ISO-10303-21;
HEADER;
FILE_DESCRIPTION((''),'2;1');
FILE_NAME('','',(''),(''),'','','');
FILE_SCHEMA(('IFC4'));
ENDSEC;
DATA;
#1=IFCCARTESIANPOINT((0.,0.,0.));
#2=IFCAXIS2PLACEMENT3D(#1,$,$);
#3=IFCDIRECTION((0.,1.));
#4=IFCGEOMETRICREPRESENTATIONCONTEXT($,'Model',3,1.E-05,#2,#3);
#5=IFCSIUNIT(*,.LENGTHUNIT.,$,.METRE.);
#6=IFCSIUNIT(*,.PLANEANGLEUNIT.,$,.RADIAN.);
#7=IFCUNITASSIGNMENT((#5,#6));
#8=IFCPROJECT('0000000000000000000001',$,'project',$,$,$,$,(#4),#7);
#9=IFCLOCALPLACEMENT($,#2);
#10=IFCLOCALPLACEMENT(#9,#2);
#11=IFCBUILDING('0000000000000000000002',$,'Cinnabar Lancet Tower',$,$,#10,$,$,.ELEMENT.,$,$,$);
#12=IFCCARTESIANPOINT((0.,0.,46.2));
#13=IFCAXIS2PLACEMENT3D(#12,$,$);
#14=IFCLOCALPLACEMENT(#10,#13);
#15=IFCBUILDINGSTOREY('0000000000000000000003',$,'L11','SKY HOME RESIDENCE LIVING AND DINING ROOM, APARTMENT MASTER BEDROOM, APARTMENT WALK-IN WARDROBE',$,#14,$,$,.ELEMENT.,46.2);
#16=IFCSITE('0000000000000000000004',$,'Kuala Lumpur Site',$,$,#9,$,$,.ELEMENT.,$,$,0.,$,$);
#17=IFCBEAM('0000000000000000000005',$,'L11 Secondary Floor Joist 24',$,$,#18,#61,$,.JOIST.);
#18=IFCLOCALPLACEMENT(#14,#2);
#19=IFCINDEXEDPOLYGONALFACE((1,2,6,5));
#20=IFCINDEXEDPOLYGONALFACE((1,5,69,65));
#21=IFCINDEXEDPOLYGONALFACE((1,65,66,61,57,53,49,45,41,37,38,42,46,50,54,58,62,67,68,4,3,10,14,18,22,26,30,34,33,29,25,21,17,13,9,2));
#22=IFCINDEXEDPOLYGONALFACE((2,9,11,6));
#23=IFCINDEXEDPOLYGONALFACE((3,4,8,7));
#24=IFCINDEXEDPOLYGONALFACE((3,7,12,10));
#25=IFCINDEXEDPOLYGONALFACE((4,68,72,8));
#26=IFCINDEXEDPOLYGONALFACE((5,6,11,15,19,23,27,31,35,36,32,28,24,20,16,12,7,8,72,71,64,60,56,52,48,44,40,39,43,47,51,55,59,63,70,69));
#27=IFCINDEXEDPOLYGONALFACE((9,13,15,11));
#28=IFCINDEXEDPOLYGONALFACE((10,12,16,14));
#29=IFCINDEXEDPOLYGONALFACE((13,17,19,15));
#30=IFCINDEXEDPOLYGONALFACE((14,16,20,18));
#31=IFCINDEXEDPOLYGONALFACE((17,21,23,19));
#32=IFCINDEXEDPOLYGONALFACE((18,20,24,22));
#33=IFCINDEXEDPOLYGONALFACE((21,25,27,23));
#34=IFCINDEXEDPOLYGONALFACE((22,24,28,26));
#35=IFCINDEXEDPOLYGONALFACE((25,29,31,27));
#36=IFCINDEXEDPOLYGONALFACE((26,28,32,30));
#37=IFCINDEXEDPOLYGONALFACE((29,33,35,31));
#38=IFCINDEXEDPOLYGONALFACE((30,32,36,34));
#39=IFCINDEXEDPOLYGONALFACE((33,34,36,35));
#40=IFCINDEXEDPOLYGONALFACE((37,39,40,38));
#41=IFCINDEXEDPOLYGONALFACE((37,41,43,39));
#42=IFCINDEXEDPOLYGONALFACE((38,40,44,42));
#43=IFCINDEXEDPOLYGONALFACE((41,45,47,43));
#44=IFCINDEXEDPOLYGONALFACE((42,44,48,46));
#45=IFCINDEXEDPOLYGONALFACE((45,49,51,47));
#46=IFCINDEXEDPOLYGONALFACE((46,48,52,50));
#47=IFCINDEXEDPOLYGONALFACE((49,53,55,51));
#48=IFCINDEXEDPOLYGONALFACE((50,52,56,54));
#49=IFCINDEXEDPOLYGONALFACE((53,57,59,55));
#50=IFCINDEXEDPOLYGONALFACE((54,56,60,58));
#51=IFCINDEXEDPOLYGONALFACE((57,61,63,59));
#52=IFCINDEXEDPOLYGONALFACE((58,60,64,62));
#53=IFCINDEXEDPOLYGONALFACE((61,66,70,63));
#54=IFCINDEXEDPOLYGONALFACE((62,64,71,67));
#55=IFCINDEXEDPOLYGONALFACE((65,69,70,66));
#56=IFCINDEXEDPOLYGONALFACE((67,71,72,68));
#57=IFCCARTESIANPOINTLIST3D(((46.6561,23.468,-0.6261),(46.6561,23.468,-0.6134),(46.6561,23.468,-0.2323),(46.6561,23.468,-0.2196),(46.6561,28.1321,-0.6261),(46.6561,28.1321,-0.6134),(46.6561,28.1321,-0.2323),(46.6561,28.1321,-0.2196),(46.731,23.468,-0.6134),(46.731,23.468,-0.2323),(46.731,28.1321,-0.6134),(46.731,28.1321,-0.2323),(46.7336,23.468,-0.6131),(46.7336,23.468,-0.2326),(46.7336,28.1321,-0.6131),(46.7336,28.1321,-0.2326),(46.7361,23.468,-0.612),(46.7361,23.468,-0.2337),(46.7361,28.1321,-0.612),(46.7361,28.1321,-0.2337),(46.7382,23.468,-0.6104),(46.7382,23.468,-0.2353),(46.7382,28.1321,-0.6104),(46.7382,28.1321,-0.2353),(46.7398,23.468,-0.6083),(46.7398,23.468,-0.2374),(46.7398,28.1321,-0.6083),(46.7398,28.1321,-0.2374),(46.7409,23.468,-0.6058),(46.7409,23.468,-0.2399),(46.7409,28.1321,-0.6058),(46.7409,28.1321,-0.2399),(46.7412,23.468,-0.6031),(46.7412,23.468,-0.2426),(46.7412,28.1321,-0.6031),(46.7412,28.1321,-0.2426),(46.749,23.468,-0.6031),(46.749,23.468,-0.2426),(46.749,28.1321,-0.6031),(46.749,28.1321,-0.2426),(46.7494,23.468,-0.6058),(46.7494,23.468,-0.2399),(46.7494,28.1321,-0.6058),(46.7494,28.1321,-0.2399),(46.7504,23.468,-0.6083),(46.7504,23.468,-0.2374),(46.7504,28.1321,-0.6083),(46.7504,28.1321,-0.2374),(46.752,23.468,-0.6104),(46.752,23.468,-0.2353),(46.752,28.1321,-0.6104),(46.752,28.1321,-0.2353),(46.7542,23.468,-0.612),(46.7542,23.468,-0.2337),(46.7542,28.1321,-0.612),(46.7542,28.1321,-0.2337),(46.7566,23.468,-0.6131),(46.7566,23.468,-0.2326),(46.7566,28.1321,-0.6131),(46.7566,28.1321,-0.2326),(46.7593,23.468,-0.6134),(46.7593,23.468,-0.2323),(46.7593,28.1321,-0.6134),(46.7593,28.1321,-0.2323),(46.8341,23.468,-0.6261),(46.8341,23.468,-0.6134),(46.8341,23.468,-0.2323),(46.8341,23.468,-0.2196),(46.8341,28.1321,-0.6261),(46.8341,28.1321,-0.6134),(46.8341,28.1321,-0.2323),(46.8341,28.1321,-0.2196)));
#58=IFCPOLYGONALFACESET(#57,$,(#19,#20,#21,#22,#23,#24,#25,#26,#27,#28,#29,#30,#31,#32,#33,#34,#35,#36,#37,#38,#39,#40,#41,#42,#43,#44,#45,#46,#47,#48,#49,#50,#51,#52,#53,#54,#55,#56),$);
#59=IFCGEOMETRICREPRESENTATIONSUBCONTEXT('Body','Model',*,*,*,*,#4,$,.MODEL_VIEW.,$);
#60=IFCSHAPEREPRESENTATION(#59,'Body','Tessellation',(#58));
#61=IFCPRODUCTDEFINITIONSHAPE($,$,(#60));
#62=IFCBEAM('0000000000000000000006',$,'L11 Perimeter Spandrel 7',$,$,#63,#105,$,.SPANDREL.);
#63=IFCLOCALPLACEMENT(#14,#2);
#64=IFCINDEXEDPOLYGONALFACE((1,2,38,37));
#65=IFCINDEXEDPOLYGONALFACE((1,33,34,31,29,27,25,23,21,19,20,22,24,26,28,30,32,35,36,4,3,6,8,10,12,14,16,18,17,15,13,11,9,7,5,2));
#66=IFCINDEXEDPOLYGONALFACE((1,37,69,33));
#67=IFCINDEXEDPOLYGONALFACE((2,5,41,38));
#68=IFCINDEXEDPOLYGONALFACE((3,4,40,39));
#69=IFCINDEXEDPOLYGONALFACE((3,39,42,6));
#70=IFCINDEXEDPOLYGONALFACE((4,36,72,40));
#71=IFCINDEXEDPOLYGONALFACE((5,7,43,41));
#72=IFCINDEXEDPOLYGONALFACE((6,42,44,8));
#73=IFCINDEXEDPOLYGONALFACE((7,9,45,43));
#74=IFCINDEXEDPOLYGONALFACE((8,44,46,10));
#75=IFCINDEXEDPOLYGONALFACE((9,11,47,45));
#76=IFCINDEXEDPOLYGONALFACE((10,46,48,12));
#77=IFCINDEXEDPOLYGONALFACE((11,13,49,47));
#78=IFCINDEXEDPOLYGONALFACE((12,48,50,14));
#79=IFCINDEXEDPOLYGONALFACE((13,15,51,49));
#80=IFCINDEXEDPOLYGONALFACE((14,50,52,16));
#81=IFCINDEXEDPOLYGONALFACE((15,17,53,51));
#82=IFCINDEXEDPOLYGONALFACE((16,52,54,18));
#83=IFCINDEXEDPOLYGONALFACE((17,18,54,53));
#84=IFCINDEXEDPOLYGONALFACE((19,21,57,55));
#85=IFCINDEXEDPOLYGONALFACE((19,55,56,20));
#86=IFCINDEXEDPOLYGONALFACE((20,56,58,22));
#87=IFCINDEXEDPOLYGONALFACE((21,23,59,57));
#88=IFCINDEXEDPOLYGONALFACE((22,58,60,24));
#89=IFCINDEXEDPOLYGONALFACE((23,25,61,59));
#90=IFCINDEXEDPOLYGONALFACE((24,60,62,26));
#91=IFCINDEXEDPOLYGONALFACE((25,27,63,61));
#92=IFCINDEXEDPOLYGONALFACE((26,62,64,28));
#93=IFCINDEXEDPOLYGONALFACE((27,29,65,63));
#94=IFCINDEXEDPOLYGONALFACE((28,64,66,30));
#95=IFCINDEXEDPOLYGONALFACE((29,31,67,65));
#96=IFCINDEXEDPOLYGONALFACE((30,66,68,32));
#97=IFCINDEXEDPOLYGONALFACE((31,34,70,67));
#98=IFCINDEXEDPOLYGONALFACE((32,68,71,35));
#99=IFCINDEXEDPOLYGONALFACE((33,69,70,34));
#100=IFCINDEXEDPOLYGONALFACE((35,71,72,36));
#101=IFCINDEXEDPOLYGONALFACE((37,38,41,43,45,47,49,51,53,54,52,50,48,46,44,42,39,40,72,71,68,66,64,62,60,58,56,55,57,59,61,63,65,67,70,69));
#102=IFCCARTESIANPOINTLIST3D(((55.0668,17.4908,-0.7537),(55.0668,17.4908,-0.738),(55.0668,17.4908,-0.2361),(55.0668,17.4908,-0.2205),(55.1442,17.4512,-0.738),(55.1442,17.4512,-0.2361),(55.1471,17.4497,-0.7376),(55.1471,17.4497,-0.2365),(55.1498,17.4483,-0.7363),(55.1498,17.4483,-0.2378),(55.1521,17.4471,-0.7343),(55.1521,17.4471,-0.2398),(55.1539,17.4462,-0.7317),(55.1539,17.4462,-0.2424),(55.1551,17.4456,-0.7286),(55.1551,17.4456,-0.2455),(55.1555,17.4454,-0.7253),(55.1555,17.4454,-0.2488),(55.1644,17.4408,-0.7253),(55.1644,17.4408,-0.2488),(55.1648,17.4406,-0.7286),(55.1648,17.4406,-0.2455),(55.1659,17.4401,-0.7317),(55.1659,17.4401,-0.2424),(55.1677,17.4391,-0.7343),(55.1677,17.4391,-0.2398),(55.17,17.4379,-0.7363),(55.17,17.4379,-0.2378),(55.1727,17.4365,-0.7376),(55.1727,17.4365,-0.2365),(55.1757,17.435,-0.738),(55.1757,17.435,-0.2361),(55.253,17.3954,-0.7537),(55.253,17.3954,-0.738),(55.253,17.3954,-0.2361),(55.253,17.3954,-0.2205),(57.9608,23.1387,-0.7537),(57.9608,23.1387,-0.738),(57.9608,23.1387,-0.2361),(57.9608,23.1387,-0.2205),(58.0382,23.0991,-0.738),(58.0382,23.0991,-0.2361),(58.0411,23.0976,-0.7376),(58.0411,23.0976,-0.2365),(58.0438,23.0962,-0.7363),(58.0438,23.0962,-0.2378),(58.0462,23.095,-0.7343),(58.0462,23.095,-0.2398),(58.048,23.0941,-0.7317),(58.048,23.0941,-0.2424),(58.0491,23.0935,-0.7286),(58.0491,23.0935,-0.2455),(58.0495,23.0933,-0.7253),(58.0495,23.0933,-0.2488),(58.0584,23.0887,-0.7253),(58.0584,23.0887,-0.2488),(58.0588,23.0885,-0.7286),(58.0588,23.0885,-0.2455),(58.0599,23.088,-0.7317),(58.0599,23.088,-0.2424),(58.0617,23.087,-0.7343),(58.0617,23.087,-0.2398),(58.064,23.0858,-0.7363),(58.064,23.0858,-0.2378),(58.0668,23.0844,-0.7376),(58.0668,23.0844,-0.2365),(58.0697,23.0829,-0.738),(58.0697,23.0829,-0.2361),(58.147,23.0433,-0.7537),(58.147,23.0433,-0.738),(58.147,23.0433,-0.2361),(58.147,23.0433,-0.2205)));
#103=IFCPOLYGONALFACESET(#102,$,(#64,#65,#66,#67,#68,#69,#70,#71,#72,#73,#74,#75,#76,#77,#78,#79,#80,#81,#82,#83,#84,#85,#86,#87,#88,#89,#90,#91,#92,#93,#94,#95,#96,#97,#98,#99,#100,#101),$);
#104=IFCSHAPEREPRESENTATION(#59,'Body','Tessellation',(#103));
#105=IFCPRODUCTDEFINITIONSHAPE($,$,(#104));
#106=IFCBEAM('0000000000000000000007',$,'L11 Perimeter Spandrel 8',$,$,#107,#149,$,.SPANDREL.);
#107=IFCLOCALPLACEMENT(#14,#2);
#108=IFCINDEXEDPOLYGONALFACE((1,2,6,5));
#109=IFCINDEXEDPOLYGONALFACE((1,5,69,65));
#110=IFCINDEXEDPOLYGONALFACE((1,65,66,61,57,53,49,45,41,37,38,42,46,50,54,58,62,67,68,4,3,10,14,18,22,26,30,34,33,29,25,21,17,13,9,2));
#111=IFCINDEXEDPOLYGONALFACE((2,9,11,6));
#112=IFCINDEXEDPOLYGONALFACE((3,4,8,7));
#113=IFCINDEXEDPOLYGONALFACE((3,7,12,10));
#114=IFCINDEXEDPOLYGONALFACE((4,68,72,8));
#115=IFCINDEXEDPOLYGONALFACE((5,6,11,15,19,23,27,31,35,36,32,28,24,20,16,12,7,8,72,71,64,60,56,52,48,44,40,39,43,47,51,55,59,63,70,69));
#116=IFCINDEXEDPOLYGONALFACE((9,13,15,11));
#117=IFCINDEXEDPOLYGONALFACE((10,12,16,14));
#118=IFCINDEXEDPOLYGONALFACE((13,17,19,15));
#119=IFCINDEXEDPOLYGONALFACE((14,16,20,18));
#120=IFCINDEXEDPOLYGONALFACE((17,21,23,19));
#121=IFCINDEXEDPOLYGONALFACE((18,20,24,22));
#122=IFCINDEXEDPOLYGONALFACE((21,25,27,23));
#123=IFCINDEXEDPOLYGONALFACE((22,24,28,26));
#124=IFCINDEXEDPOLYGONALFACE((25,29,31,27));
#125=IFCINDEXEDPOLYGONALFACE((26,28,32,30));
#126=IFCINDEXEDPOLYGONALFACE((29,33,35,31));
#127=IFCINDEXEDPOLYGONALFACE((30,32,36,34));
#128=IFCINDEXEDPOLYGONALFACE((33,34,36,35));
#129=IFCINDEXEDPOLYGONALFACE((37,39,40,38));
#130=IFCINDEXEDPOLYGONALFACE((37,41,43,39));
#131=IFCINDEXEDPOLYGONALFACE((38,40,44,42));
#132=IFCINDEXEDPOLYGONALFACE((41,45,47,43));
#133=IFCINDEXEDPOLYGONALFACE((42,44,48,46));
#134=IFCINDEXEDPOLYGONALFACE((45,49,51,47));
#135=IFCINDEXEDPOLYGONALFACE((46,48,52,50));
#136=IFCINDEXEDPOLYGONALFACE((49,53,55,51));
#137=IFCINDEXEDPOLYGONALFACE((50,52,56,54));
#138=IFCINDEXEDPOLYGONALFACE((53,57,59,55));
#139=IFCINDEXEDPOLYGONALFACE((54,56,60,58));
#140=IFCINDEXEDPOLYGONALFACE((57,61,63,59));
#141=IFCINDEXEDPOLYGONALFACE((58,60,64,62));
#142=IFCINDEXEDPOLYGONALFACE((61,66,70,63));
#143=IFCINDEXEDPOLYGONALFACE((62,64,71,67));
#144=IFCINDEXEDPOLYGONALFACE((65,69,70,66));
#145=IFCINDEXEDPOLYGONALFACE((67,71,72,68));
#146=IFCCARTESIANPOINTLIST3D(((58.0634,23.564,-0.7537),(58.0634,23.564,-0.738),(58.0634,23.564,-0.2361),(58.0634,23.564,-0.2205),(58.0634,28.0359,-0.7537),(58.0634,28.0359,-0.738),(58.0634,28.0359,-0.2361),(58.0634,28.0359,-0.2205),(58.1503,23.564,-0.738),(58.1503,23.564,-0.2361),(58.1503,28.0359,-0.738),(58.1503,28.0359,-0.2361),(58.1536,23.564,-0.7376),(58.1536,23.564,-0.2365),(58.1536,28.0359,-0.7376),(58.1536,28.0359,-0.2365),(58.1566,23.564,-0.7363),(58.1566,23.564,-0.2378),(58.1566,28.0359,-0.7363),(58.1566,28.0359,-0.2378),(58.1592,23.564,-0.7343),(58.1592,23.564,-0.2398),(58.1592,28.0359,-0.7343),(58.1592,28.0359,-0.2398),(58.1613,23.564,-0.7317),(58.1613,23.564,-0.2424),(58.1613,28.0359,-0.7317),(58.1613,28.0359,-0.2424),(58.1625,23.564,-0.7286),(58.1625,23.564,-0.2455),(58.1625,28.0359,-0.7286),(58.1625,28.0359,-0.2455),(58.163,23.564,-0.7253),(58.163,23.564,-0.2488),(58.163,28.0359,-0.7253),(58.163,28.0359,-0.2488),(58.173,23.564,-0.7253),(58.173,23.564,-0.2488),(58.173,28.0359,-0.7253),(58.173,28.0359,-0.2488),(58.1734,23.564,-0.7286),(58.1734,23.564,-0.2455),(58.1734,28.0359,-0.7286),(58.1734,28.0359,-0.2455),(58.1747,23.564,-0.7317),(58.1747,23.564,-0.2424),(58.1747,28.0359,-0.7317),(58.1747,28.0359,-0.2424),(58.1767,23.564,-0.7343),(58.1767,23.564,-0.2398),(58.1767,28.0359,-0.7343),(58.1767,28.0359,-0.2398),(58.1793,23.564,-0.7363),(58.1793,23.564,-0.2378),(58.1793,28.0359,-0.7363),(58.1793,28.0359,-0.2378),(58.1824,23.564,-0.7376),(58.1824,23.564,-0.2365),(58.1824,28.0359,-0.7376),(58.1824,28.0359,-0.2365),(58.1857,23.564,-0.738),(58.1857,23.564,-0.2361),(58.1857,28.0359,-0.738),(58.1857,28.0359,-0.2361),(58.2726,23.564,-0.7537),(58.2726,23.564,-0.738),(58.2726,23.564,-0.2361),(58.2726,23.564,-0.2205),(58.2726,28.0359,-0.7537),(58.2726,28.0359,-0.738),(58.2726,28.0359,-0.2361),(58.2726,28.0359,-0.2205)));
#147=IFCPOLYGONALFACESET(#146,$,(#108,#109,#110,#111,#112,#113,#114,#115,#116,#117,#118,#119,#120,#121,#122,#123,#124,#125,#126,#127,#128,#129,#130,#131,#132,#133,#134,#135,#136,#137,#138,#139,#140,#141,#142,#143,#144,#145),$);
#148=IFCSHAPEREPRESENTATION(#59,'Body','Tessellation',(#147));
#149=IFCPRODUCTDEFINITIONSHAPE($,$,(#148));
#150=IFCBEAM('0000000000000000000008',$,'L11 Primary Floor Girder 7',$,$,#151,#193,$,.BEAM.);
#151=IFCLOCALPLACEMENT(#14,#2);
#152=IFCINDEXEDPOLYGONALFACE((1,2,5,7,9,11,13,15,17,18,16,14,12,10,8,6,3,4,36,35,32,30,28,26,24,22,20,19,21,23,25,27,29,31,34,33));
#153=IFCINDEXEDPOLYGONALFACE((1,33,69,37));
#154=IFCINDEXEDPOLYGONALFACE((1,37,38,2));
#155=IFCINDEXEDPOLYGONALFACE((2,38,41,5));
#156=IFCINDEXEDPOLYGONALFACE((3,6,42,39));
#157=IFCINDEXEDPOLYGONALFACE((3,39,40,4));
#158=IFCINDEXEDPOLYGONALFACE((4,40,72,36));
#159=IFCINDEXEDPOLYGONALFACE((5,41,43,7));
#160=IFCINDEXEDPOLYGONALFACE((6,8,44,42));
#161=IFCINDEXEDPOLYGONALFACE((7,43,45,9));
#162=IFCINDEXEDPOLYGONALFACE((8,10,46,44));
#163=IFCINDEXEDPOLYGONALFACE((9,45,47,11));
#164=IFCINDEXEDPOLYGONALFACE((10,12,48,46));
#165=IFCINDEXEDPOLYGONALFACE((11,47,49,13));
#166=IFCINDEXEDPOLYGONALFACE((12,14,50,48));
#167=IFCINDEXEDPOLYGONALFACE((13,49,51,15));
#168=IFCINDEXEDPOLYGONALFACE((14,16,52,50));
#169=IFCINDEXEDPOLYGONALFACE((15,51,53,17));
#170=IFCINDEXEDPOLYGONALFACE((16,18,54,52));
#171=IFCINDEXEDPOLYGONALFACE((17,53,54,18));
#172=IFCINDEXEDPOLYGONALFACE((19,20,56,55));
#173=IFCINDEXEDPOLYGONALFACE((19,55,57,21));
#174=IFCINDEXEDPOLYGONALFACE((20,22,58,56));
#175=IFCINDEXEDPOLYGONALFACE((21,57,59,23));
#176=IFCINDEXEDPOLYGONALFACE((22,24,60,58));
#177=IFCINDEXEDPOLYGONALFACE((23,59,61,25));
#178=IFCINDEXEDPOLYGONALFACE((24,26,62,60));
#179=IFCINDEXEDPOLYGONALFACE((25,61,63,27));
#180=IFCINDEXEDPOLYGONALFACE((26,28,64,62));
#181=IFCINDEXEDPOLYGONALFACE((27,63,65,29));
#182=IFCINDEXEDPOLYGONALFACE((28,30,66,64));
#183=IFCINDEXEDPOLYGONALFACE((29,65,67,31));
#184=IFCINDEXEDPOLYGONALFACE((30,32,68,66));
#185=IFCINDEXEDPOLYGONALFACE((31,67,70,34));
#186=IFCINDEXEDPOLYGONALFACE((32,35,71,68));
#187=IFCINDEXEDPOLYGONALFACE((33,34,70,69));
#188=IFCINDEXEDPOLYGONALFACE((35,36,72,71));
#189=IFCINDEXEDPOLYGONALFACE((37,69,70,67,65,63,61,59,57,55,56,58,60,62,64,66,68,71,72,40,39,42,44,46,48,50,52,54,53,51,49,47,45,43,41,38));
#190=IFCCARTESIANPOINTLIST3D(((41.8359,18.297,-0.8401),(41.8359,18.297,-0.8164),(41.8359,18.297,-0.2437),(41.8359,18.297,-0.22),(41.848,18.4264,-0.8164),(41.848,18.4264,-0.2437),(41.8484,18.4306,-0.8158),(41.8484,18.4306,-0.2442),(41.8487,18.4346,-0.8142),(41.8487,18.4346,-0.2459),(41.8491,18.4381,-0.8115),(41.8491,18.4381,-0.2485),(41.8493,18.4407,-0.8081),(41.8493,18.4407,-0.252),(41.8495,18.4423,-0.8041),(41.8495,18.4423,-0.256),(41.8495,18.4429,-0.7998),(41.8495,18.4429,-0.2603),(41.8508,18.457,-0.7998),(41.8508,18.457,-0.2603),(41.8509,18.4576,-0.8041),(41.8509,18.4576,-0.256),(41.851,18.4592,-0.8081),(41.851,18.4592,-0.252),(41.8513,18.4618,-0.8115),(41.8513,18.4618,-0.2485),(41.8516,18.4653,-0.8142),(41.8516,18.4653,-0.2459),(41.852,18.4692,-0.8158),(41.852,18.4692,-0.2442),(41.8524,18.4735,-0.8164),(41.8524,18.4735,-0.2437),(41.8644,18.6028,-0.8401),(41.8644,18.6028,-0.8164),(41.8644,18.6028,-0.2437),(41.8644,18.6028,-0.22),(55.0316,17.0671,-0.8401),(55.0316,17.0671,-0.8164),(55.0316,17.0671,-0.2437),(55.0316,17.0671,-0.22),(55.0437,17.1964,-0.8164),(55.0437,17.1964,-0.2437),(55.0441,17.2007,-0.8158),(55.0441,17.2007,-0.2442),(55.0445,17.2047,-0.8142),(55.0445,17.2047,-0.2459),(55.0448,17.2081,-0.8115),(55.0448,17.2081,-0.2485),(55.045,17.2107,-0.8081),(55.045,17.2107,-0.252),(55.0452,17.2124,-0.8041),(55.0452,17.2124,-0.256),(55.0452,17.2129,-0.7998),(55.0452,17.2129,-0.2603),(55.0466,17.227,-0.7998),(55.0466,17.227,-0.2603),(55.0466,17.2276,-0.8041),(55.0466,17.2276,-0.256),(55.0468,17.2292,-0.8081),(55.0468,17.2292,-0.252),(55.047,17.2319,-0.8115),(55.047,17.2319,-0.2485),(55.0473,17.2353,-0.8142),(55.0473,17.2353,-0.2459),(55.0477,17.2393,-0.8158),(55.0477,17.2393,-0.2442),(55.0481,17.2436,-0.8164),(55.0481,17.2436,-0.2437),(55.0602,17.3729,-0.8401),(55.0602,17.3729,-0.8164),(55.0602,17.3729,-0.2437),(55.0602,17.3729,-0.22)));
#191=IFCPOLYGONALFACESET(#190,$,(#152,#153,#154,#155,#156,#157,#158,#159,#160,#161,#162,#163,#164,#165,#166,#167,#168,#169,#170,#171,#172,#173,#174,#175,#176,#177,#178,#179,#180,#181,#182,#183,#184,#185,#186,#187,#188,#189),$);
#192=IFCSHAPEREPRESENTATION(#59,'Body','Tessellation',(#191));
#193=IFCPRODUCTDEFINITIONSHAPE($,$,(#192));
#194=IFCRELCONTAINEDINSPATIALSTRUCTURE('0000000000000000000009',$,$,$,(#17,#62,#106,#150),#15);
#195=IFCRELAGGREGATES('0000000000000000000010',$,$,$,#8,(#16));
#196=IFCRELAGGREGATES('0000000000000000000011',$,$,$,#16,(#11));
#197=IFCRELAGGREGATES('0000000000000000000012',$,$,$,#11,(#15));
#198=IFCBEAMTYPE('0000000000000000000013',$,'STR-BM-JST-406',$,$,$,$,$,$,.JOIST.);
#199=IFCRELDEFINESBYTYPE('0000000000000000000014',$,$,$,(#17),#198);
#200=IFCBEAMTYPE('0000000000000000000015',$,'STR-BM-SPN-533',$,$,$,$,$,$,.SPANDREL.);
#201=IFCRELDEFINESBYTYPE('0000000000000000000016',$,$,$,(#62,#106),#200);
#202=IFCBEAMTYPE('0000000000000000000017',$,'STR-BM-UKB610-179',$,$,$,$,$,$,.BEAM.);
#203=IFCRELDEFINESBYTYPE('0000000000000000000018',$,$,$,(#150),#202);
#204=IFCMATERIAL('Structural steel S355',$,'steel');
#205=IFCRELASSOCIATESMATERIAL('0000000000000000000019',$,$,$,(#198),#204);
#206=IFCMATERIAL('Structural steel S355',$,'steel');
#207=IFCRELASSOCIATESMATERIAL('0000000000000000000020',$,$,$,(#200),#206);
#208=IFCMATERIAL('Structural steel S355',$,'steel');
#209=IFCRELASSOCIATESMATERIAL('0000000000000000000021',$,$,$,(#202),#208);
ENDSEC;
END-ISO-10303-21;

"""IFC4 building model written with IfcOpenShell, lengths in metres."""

from ifc_helpers import new_model, si_unit, direction, frame, origin, origin_2d, place, context, subcontext, project, spatial, i_section, extrude, material, material_profile, profile_set, type_object, element, save


model = new_model("IFC4")

# Units and contexts
model_context = context("Model", 3, precision=1e-05, world=origin(), true_north=direction((0.0, 1.0)))
body_context = subcontext(model_context, "Body", "Model", "MODEL_VIEW")
ifc_project = project(units=[si_unit("LENGTHUNIT", "METRE"), si_unit("PLANEANGLEUNIT", "RADIAN")], contexts=[model_context])

# Site, building, storey
site_placement = place(None, origin())
site = spatial("IfcSite", under=ifc_project, at=site_placement, Name="Kuala Lumpur Site", CompositionType="ELEMENT", RefElevation=0.0)
building_placement = place(site_placement, origin())
building = spatial("IfcBuilding", under=site, at=building_placement, Name="Cinnabar Lancet Tower", CompositionType="ELEMENT")
storey_placement = place(building_placement, frame((0.0, 0.0, 46.2)))
storey = spatial("IfcBuildingStorey", under=building, at=storey_placement, Name="L11", Description="SKY HOME RESIDENCE LIVING AND DINING ROOM, APARTMENT MASTER BEDROOM, APARTMENT WALK-IN WARDROBE", CompositionType="ELEMENT", Elevation=46.2)

# Beams
ifc_material_1 = material(Name="Structural steel S355", Category="steel")
ifc_material_profile_1 = material_profile(ifc_material_1, i_section(OverallWidth=0.178, OverallDepth=0.4065, WebThickness=0.0078, FlangeThickness=0.0127, FilletRadius=0.0103, at=origin_2d()), Name="UKB 406x178x60")
ifc_profile_set_1 = profile_set([ifc_material_profile_1], Name="Structural steel S355")
beam_type_1 = type_object("IfcBeamType", Name="STR-BM-JST-406", PredefinedType="JOIST", material=ifc_profile_set_1)
for number, where, z_axis, x_axis, name in (
    (1, (46.7451, 23.468, -0.4229), (0.0, 1.0, 0.0), (-1.0, 0.0, 0.0), "L11 Secondary Floor Joist 24"),
):
    element("IfcBeam", number, at=place(storey_placement, frame(where, z_axis=z_axis, x_axis=x_axis)), inside=storey, type_object=beam_type_1, Name=name, PredefinedType="JOIST", context=body_context, shape_type="SweptSolid", body=[
        extrude(i_section(OverallWidth=0.178, OverallDepth=0.4065, WebThickness=0.0078, FlangeThickness=0.0127, FilletRadius=0.0103, at=origin_2d()), origin(), (0.0, 0.0, 1.0), 4.6641),
    ])
ifc_material_2 = material(Name="Structural steel S355", Category="steel")
ifc_material_profile_2 = material_profile(ifc_material_2, i_section(OverallWidth=0.2092, OverallDepth=0.5332, WebThickness=0.01, FlangeThickness=0.0156, FilletRadius=0.0127, at=origin_2d()), Name="UKB 533x210x92")
ifc_profile_set_2 = profile_set([ifc_material_profile_2], Name="Structural steel S355")
beam_type_2 = type_object("IfcBeamType", Name="STR-BM-SPN-533", PredefinedType="SPANDREL", material=ifc_profile_set_2)
beam_1_placement = place(storey_placement, frame((55.1599, 17.4431, -0.4871), z_axis=(0.456025, 0.889967, 0.0), x_axis=(-0.889967, 0.456025, 0.0)))
element("IfcBeam", 2, at=beam_1_placement, inside=storey, type_object=beam_type_2, Name="L11 Perimeter Spandrel 7", PredefinedType="SPANDREL", context=body_context, shape_type="SweptSolid", body=[
    extrude(i_section(OverallWidth=0.2092, OverallDepth=0.5332, WebThickness=0.01, FlangeThickness=0.0156, FilletRadius=0.0127, at=origin_2d()), origin(), (0.0, 0.0, 1.0), 6.3462),
])
beam_2_placement = place(storey_placement, frame((58.168, 23.564, -0.4871), z_axis=(0.0, 1.0, 0.0), x_axis=(-1.0, 0.0, 0.0)))
element("IfcBeam", 3, at=beam_2_placement, inside=storey, type_object=beam_type_2, Name="L11 Perimeter Spandrel 8", PredefinedType="SPANDREL", context=body_context, shape_type="SweptSolid", body=[
    extrude(i_section(OverallWidth=0.2092, OverallDepth=0.5332, WebThickness=0.01, FlangeThickness=0.0156, FilletRadius=0.0127, at=origin_2d()), origin(), (0.0, 0.0, 1.0), 4.4719),
])
ifc_material_3 = material(Name="Structural steel S355", Category="steel")
ifc_material_profile_3 = material_profile(ifc_material_3, i_section(OverallWidth=0.3071, OverallDepth=0.6201, WebThickness=0.0142, FlangeThickness=0.0237, FilletRadius=0.0166, at=origin_2d()), Name="UKB 610x305x179")
ifc_profile_set_3 = profile_set([ifc_material_profile_3], Name="Structural steel S355")
beam_type_3 = type_object("IfcBeamType", Name="STR-BM-UKB610-179", PredefinedType="BEAM", material=ifc_profile_set_3)
beam_3_placement = place(storey_placement, frame((55.0459, 17.22, -0.53), z_axis=(-0.995684, 0.092808, 0.0), x_axis=(-0.092808, -0.995684, 0.0)))
element("IfcBeam", 4, at=beam_3_placement, inside=storey, type_object=beam_type_3, Name="L11 Primary Floor Girder 7", PredefinedType="BEAM", context=body_context, shape_type="SweptSolid", body=[
    extrude(i_section(OverallWidth=0.3071, OverallDepth=0.6201, WebThickness=0.0142, FlangeThickness=0.0237, FilletRadius=0.0166, at=origin_2d()), origin(), (0.0, 0.0, 1.0), 13.2529),
])

save(model, "model.ifc")
